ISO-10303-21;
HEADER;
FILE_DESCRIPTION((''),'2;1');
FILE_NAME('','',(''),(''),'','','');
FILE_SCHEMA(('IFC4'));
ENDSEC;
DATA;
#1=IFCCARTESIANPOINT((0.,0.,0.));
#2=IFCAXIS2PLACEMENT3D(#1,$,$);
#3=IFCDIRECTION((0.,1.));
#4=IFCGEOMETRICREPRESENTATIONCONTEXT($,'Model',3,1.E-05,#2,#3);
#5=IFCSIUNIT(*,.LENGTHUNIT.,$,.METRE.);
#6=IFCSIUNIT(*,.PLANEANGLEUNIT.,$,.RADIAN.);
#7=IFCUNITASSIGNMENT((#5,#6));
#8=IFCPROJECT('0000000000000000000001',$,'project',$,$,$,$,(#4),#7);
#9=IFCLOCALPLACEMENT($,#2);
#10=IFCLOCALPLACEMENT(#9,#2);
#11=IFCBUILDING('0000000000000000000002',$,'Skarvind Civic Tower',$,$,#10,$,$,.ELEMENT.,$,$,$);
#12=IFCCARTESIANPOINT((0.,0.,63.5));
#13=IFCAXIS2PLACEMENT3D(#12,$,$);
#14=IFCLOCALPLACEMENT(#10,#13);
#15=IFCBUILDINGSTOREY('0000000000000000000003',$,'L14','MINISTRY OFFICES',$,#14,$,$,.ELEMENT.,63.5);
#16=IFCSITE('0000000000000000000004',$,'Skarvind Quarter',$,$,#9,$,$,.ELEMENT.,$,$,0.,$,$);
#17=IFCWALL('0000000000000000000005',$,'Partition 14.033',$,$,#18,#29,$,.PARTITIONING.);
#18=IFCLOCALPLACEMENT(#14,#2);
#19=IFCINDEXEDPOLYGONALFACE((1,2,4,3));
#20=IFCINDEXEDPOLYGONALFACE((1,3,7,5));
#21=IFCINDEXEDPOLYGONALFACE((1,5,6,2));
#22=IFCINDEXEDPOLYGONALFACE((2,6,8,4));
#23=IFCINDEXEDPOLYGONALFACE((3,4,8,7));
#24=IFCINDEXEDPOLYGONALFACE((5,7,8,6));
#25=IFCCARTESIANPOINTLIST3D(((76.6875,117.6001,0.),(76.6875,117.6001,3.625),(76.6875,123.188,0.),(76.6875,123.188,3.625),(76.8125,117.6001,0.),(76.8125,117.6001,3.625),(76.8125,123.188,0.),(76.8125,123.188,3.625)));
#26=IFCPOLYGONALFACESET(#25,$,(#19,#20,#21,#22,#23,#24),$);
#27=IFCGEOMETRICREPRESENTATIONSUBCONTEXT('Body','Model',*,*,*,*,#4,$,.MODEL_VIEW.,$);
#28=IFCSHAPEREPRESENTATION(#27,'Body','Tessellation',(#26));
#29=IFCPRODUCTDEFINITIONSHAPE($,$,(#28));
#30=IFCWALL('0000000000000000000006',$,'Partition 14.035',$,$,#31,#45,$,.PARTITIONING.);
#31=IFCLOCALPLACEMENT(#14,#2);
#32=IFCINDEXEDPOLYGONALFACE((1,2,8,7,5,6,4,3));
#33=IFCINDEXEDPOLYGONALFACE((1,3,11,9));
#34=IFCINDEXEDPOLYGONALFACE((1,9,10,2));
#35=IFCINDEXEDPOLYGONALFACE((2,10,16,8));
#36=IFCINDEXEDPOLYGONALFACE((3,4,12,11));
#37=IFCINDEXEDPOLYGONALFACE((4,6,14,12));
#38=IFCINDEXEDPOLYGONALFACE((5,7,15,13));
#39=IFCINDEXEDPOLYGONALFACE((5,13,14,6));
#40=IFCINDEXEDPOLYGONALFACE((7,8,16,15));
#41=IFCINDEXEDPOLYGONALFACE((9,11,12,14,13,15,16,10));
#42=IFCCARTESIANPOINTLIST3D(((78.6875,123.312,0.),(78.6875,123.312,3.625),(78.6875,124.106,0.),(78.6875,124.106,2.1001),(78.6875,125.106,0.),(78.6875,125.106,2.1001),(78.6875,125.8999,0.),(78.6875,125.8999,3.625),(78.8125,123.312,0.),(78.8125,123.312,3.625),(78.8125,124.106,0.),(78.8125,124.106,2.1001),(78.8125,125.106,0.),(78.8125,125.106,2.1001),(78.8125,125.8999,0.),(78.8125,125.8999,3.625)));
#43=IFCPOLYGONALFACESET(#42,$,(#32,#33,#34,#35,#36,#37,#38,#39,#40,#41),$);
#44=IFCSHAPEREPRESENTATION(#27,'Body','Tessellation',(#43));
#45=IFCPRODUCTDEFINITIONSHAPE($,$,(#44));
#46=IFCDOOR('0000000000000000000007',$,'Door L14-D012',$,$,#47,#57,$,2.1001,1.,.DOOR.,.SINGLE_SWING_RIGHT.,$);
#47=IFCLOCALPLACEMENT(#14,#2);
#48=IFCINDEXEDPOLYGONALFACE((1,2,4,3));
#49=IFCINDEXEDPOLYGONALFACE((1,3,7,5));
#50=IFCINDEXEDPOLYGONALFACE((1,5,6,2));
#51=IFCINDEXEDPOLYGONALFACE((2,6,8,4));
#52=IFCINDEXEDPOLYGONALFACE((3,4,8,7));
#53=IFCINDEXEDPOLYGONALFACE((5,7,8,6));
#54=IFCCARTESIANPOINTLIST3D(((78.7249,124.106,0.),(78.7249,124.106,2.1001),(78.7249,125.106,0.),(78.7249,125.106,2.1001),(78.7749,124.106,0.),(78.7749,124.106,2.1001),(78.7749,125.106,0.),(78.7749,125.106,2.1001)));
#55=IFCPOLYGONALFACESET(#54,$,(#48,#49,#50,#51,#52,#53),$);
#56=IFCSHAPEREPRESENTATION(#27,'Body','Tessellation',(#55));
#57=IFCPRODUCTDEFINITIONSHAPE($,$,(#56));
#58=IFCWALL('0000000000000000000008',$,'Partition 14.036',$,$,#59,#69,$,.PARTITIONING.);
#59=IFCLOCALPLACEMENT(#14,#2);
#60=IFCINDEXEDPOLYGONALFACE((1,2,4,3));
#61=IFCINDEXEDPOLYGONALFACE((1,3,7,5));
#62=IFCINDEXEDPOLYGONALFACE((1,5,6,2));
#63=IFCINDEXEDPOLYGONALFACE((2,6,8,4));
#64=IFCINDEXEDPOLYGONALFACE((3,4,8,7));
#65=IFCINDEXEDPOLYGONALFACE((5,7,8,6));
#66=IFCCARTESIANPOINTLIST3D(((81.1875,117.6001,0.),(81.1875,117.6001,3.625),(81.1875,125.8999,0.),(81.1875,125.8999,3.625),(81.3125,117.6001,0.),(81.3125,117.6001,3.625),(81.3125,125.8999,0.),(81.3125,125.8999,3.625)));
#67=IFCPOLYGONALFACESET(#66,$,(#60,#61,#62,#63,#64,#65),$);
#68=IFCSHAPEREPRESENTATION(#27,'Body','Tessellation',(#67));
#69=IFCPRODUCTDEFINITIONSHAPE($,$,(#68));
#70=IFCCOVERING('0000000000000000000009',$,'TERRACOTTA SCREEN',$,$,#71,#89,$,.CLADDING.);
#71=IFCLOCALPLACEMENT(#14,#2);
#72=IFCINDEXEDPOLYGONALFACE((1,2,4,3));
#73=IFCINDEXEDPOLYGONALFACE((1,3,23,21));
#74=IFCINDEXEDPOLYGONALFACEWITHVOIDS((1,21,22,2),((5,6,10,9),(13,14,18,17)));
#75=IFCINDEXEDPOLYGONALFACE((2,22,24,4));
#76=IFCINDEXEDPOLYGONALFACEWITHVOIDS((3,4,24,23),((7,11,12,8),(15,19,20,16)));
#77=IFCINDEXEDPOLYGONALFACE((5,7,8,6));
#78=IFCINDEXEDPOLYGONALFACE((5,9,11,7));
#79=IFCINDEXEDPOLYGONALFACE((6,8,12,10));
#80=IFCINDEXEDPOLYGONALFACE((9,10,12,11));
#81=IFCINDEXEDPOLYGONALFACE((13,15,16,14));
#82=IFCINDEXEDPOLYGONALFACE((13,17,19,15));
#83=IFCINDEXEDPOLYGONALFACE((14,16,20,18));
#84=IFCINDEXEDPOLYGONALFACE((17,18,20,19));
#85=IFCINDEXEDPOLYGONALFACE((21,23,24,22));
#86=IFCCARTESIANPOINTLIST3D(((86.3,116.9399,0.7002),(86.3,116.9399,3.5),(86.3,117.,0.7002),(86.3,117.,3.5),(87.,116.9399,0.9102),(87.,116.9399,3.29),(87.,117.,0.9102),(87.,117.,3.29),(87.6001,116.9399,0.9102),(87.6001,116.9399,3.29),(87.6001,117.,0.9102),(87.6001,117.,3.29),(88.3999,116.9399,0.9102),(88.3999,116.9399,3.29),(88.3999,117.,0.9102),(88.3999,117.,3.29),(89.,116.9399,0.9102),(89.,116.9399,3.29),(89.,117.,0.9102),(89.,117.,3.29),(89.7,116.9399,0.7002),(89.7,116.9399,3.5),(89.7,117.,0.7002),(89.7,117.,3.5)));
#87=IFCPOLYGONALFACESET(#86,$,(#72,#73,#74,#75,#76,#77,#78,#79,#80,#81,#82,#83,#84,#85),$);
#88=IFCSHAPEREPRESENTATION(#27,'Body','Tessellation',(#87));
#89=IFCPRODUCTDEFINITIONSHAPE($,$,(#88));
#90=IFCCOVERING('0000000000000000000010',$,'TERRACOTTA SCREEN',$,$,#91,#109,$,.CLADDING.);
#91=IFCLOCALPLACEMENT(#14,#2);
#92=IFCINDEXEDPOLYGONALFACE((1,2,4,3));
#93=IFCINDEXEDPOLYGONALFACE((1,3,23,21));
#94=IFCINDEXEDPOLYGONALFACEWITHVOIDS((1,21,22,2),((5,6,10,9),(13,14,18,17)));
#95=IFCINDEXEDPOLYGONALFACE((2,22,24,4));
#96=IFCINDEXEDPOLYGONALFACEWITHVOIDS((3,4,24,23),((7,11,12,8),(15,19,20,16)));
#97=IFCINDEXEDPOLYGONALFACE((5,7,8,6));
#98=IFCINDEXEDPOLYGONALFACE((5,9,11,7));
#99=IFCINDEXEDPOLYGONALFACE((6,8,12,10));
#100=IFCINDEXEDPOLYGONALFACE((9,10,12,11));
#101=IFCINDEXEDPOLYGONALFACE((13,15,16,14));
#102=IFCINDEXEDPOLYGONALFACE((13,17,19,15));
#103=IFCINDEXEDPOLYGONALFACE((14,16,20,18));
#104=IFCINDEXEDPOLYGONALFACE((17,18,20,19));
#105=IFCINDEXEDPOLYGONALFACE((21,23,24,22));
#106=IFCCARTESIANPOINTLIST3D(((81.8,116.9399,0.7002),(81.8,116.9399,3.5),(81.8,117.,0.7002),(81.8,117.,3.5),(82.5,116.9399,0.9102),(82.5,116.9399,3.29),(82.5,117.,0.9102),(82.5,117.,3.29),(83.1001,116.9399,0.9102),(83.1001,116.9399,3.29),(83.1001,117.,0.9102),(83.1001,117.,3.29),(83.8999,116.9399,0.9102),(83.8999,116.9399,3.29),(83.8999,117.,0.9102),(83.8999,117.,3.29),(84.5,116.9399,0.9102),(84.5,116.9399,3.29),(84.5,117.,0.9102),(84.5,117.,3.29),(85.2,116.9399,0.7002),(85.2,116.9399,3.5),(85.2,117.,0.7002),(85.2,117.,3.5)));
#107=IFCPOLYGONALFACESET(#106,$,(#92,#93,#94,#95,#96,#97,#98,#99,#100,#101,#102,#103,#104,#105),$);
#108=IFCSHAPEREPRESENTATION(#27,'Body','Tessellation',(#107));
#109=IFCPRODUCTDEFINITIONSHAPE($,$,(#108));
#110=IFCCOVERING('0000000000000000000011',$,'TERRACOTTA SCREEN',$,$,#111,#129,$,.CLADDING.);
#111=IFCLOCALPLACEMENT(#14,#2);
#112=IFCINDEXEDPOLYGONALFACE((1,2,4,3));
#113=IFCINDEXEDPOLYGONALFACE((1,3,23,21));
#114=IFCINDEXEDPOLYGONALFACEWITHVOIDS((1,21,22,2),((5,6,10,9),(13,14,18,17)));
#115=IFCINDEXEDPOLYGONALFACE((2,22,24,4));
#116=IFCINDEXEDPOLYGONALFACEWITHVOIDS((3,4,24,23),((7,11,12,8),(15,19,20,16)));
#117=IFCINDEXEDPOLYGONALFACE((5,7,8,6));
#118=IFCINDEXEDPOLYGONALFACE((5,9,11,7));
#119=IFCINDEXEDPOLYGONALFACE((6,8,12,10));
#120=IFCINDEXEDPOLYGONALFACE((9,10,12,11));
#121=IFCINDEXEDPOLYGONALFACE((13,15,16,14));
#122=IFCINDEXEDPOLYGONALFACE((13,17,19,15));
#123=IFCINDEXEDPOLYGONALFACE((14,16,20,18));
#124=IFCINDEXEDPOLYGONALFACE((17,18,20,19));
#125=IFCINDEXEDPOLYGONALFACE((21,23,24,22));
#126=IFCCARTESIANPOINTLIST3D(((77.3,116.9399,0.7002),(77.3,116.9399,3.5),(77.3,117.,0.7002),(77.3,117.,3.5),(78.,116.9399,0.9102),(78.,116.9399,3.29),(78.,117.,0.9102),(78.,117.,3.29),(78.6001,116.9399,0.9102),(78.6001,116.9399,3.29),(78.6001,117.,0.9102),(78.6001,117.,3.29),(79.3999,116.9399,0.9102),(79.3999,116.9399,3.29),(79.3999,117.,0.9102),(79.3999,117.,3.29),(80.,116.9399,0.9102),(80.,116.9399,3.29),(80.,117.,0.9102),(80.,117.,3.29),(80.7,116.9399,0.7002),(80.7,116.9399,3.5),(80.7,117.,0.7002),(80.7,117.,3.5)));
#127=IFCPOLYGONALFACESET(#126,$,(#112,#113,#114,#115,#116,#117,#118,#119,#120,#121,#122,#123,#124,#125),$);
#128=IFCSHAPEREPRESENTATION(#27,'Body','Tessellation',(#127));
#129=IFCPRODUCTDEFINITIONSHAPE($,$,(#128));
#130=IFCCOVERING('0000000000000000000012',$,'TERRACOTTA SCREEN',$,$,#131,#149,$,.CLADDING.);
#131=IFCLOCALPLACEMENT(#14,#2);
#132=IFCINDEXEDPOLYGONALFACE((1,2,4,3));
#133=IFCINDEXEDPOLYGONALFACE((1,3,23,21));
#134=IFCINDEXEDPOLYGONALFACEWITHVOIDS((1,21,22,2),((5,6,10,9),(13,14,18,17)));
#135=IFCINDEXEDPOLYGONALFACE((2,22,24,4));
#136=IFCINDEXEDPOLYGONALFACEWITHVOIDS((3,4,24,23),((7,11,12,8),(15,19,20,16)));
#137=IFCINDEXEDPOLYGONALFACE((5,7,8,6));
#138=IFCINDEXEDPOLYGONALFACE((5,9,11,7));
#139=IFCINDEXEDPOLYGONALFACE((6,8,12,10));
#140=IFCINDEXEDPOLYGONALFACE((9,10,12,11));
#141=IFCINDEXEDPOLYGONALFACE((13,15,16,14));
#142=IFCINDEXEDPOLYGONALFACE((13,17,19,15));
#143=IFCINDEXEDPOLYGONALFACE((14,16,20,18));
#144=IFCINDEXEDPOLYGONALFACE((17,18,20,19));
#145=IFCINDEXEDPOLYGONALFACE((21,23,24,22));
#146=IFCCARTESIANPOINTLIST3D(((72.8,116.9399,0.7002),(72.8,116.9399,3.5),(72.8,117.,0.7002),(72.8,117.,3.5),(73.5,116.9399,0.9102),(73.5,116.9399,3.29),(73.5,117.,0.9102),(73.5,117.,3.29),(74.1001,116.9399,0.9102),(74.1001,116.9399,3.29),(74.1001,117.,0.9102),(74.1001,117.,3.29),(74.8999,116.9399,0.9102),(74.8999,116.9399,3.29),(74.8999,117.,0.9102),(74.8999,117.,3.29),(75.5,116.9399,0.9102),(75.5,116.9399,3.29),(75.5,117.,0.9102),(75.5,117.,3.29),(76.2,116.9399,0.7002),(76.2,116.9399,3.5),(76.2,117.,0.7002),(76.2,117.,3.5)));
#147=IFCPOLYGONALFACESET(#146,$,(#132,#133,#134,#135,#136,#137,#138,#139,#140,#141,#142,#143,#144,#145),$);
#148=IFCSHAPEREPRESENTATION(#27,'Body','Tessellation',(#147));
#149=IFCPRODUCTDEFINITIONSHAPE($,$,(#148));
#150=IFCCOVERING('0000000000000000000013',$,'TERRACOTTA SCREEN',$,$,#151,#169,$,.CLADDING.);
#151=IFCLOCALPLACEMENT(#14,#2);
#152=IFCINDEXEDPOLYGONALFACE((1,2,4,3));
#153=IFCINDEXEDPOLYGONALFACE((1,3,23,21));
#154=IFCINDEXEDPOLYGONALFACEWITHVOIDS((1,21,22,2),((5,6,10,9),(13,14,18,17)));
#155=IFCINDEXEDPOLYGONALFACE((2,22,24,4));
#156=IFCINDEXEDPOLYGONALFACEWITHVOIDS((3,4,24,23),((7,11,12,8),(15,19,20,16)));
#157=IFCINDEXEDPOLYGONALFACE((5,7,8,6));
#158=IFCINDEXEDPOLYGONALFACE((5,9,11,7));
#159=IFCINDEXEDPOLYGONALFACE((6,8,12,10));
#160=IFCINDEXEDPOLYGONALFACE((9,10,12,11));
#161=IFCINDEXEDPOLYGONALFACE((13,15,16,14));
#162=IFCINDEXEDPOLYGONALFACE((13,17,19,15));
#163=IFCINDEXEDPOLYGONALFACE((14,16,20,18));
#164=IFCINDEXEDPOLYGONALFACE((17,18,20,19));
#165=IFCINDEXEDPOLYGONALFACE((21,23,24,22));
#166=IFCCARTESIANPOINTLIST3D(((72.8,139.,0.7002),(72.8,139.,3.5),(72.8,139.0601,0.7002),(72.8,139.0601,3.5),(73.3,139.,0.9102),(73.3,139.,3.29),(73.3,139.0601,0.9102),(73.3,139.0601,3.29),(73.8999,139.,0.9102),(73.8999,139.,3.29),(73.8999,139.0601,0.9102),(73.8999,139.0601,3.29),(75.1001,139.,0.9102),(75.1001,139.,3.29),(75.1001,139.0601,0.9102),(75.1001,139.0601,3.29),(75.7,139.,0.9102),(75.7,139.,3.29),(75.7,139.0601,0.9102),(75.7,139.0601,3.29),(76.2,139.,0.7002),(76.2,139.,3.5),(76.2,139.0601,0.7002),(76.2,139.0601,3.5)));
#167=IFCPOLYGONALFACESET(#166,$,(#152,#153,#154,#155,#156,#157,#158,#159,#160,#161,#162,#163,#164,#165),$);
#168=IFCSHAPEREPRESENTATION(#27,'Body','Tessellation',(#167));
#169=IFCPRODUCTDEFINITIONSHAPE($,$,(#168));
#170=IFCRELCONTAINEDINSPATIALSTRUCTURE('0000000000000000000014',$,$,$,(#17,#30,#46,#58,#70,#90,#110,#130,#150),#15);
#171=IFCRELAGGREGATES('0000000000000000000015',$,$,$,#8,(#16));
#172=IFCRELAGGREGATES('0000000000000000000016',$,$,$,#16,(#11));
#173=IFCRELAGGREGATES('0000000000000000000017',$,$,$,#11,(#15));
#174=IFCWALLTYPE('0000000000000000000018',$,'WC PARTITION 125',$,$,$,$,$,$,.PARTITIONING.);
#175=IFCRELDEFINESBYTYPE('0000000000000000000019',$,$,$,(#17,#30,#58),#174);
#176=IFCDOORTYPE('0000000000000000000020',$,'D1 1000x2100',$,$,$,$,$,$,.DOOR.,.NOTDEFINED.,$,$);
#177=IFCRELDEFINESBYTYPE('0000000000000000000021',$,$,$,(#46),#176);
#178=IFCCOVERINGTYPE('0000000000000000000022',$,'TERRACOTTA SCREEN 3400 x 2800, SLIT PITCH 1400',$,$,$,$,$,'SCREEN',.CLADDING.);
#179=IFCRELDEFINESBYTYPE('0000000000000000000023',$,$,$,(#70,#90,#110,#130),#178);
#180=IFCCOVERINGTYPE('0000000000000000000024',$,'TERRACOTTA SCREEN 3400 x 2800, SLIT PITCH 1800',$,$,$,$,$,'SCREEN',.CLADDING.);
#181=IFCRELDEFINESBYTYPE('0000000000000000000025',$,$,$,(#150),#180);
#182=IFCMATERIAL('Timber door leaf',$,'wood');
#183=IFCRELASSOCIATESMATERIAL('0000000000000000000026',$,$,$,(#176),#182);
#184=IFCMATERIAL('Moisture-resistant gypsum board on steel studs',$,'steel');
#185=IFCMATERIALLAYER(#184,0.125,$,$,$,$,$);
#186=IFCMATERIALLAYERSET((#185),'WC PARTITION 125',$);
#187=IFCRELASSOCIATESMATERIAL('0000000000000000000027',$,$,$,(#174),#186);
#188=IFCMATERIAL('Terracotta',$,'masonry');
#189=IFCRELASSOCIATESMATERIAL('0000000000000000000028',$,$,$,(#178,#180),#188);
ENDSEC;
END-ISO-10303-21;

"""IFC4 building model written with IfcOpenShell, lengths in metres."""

from ifc_helpers import new_model, si_unit, direction, frame, frame_2d, origin, place, context, subcontext, project, spatial, polyline, rectangle, outline, extrude, material, layer, layer_set, material_profile, profile_set, type_object, element, fill, save


model = new_model("IFC4")

# Units and contexts
model_context = context("Model", 3, precision=1e-05, world=origin(), true_north=direction((0.0, 1.0)))
body_context = subcontext(model_context, "Body", "Model", "MODEL_VIEW")
ifc_project = project(units=[si_unit("LENGTHUNIT", "METRE"), si_unit("PLANEANGLEUNIT", "RADIAN")], contexts=[model_context])

# Site, building, storey
site_placement = place(None, origin())
site = spatial("IfcSite", under=ifc_project, at=site_placement, Name="Skarvind Quarter", CompositionType="ELEMENT", RefElevation=0.0)
building_placement = place(site_placement, origin())
building = spatial("IfcBuilding", under=site, at=building_placement, Name="Skarvind Civic Tower", CompositionType="ELEMENT")
storey_placement = place(building_placement, frame((0.0, 0.0, 63.5)))
storey = spatial("IfcBuildingStorey", under=building, at=storey_placement, Name="L14", Description="MINISTRY OFFICES", CompositionType="ELEMENT", Elevation=63.5)

# Shared definitions
ifc_material_1 = material(Name="Timber door leaf", Category="wood")
door_type_1 = type_object("IfcDoorType", Name="D1 1000x2100", OperationType="NOTDEFINED", PredefinedType="DOOR", material=ifc_material_1)

# Shared definitions
ifc_material_2 = material(Name="Moisture-resistant gypsum board on steel studs", Category="steel")
ifc_layer_1 = layer(ifc_material_2, 0.125)
ifc_layer_set_1 = layer_set([ifc_layer_1], Name="WC PARTITION 125")
wall_type_1 = type_object("IfcWallType", Name="WC PARTITION 125", PredefinedType="PARTITIONING", material=ifc_layer_set_1)

# Wall
wall_1_placement = place(storey_placement, frame((76.75, 117.6001, 0.0), z_axis=(0.0, 0.0, 1.0), x_axis=(0.0, 1.0, 0.0)))
element("IfcWall", 1, at=wall_1_placement, inside=storey, type_object=wall_type_1, Name="Partition 14.033", PredefinedType="PARTITIONING", context=body_context, shape_type="SweptSolid", body=[
    extrude(rectangle(XDim=5.5879, YDim=0.125, at=frame_2d((2.7939, 0.0))), origin(), (0.0, 0.0, 1.0), 3.625),
])

# Wall, opening, door
wall_2_placement = place(storey_placement, frame((78.75, 125.8999, 0.0), z_axis=(0.0, 0.0, 1.0), x_axis=(0.0, -1.0, 0.0)))
wall_2 = element("IfcWall", 2, at=wall_2_placement, inside=storey, type_object=wall_type_1, Name="Partition 14.035", PredefinedType="PARTITIONING", context=body_context, shape_type="SweptSolid", body=[
    extrude(rectangle(XDim=2.5879, YDim=0.125, at=frame_2d((1.2939, 0.0))), origin(), (0.0, 0.0, 1.0), 3.625),
])
opening_1_placement = place(wall_2_placement, frame((0.7939, 0.0, 0.0)))
opening_1 = element("IfcOpeningElement", 3, at=opening_1_placement, cuts=wall_2, PredefinedType="OPENING", context=body_context, shape_type="SweptSolid", body=[
    extrude(rectangle(XDim=1.0, YDim=2.1001, at=frame_2d((0.5, 1.05))), frame((0.0, 0.0725, 0.0), z_axis=(0.0, -1.0, 0.0), x_axis=(1.0, 0.0, 0.0)), (0.0, 0.0, 1.0), 0.145),
])
door_1_placement = place(opening_1_placement, origin())
door_1 = element("IfcDoor", 4, at=door_1_placement, inside=storey, type_object=door_type_1, Name="Door L14-D012", OperationType="SINGLE_SWING_RIGHT", OverallHeight=2.1001, OverallWidth=1.0, PredefinedType="DOOR", context=body_context, shape_type="SweptSolid", body=[
    extrude(rectangle(XDim=1.0, YDim=2.1001, at=frame_2d((0.5, 1.05))), frame((0.0, 0.0249, 0.0), z_axis=(0.0, -1.0, 0.0), x_axis=(1.0, 0.0, 0.0)), (0.0, 0.0, 1.0), 0.05),
])
fill(opening_1, door_1)

# Wall
wall_3_placement = place(storey_placement, frame((81.25, 117.6001, 0.0), z_axis=(0.0, 0.0, 1.0), x_axis=(0.0, 1.0, 0.0)))
element("IfcWall", 5, at=wall_3_placement, inside=storey, type_object=wall_type_1, Name="Partition 14.036", PredefinedType="PARTITIONING", context=body_context, shape_type="SweptSolid", body=[
    extrude(rectangle(XDim=8.2998, YDim=0.125, at=frame_2d((4.1499, 0.0))), origin(), (0.0, 0.0, 1.0), 3.625),
])

# Coverings
ifc_material_3 = material(Name="Terracotta", Category="masonry")
ifc_material_profile_1 = material_profile(ifc_material_3, outline(polyline([(-1.7, -1.3999), (1.7, -1.3999), (1.7, 1.3999), (-1.7, 1.3999), (-1.7, -1.3999)]), holes=[polyline([(-1.0, -1.1899), (-0.3999, -1.1899), (-0.3999, 1.1899), (-1.0, 1.1899), (-1.0, -1.1899)]), polyline([(0.3999, -1.1899), (1.0, -1.1899), (1.0, 1.1899), (0.3999, 1.1899), (0.3999, -1.1899)])]), Name="TERRACOTTA SCREEN 3400 x 2800, SLIT PITCH 1400")
ifc_profile_set_1 = profile_set([ifc_material_profile_1], Name="Terracotta")
covering_type_1 = type_object("IfcCoveringType", Name="TERRACOTTA SCREEN 3400 x 2800, SLIT PITCH 1400", ElementType="SCREEN", PredefinedType="CLADDING", material=ifc_profile_set_1)
for number, where, z_axis, x_axis, name in (
    (6, (88.0, 117.0, 2.1001), (0.0, -1.0, 0.0), (1.0, 0.0, 0.0), "TERRACOTTA SCREEN"),
    (7, (83.5, 117.0, 2.1001), (0.0, -1.0, 0.0), (1.0, 0.0, 0.0), "TERRACOTTA SCREEN"),
    (8, (79.0, 117.0, 2.1001), (0.0, -1.0, 0.0), (1.0, 0.0, 0.0), "TERRACOTTA SCREEN"),
    (9, (74.5, 117.0, 2.1001), (0.0, -1.0, 0.0), (1.0, 0.0, 0.0), "TERRACOTTA SCREEN"),
):
    element("IfcCovering", number, at=place(storey_placement, frame(where, z_axis=z_axis, x_axis=x_axis)), inside=storey, type_object=covering_type_1, Name=name, PredefinedType="CLADDING", context=body_context, shape_type="SweptSolid", body=[
        extrude(outline(polyline([(-1.7, -1.3999), (1.7, -1.3999), (1.7, 1.3999), (-1.7, 1.3999), (-1.7, -1.3999)]), holes=[polyline([(-1.0, -1.1899), (-0.3999, -1.1899), (-0.3999, 1.1899), (-1.0, 1.1899), (-1.0, -1.1899)]), polyline([(0.3999, -1.1899), (1.0, -1.1899), (1.0, 1.1899), (0.3999, 1.1899), (0.3999, -1.1899)])]), origin(), (0.0, 0.0, 1.0), 0.0601),
    ])
ifc_material_profile_2 = material_profile(ifc_material_3, outline(polyline([(-1.7, -1.3999), (1.7, -1.3999), (1.7, 1.3999), (-1.7, 1.3999), (-1.7, -1.3999)]), holes=[polyline([(-1.2, -1.1899), (-0.6001, -1.1899), (-0.6001, 1.1899), (-1.2, 1.1899), (-1.2, -1.1899)]), polyline([(0.6001, -1.1899), (1.2, -1.1899), (1.2, 1.1899), (0.6001, 1.1899), (0.6001, -1.1899)])]), Name="TERRACOTTA SCREEN 3400 x 2800, SLIT PITCH 1800")
ifc_profile_set_2 = profile_set([ifc_material_profile_2], Name="Terracotta")
covering_type_2 = type_object("IfcCoveringType", Name="TERRACOTTA SCREEN 3400 x 2800, SLIT PITCH 1800", ElementType="SCREEN", PredefinedType="CLADDING", material=ifc_profile_set_2)
covering_placement = place(storey_placement, frame((74.5, 139.0, 2.1001), z_axis=(0.0, 1.0, 0.0), x_axis=(-1.0, 0.0, 0.0)))
element("IfcCovering", 10, at=covering_placement, inside=storey, type_object=covering_type_2, Name="TERRACOTTA SCREEN", PredefinedType="CLADDING", context=body_context, shape_type="SweptSolid", body=[
    extrude(outline(polyline([(-1.7, -1.3999), (1.7, -1.3999), (1.7, 1.3999), (-1.7, 1.3999), (-1.7, -1.3999)]), holes=[polyline([(-1.2, -1.1899), (-0.6001, -1.1899), (-0.6001, 1.1899), (-1.2, 1.1899), (-1.2, -1.1899)]), polyline([(0.6001, -1.1899), (1.2, -1.1899), (1.2, 1.1899), (0.6001, 1.1899), (0.6001, -1.1899)])]), origin(), (0.0, 0.0, 1.0), 0.0601),
])

save(model, "model.ifc")
